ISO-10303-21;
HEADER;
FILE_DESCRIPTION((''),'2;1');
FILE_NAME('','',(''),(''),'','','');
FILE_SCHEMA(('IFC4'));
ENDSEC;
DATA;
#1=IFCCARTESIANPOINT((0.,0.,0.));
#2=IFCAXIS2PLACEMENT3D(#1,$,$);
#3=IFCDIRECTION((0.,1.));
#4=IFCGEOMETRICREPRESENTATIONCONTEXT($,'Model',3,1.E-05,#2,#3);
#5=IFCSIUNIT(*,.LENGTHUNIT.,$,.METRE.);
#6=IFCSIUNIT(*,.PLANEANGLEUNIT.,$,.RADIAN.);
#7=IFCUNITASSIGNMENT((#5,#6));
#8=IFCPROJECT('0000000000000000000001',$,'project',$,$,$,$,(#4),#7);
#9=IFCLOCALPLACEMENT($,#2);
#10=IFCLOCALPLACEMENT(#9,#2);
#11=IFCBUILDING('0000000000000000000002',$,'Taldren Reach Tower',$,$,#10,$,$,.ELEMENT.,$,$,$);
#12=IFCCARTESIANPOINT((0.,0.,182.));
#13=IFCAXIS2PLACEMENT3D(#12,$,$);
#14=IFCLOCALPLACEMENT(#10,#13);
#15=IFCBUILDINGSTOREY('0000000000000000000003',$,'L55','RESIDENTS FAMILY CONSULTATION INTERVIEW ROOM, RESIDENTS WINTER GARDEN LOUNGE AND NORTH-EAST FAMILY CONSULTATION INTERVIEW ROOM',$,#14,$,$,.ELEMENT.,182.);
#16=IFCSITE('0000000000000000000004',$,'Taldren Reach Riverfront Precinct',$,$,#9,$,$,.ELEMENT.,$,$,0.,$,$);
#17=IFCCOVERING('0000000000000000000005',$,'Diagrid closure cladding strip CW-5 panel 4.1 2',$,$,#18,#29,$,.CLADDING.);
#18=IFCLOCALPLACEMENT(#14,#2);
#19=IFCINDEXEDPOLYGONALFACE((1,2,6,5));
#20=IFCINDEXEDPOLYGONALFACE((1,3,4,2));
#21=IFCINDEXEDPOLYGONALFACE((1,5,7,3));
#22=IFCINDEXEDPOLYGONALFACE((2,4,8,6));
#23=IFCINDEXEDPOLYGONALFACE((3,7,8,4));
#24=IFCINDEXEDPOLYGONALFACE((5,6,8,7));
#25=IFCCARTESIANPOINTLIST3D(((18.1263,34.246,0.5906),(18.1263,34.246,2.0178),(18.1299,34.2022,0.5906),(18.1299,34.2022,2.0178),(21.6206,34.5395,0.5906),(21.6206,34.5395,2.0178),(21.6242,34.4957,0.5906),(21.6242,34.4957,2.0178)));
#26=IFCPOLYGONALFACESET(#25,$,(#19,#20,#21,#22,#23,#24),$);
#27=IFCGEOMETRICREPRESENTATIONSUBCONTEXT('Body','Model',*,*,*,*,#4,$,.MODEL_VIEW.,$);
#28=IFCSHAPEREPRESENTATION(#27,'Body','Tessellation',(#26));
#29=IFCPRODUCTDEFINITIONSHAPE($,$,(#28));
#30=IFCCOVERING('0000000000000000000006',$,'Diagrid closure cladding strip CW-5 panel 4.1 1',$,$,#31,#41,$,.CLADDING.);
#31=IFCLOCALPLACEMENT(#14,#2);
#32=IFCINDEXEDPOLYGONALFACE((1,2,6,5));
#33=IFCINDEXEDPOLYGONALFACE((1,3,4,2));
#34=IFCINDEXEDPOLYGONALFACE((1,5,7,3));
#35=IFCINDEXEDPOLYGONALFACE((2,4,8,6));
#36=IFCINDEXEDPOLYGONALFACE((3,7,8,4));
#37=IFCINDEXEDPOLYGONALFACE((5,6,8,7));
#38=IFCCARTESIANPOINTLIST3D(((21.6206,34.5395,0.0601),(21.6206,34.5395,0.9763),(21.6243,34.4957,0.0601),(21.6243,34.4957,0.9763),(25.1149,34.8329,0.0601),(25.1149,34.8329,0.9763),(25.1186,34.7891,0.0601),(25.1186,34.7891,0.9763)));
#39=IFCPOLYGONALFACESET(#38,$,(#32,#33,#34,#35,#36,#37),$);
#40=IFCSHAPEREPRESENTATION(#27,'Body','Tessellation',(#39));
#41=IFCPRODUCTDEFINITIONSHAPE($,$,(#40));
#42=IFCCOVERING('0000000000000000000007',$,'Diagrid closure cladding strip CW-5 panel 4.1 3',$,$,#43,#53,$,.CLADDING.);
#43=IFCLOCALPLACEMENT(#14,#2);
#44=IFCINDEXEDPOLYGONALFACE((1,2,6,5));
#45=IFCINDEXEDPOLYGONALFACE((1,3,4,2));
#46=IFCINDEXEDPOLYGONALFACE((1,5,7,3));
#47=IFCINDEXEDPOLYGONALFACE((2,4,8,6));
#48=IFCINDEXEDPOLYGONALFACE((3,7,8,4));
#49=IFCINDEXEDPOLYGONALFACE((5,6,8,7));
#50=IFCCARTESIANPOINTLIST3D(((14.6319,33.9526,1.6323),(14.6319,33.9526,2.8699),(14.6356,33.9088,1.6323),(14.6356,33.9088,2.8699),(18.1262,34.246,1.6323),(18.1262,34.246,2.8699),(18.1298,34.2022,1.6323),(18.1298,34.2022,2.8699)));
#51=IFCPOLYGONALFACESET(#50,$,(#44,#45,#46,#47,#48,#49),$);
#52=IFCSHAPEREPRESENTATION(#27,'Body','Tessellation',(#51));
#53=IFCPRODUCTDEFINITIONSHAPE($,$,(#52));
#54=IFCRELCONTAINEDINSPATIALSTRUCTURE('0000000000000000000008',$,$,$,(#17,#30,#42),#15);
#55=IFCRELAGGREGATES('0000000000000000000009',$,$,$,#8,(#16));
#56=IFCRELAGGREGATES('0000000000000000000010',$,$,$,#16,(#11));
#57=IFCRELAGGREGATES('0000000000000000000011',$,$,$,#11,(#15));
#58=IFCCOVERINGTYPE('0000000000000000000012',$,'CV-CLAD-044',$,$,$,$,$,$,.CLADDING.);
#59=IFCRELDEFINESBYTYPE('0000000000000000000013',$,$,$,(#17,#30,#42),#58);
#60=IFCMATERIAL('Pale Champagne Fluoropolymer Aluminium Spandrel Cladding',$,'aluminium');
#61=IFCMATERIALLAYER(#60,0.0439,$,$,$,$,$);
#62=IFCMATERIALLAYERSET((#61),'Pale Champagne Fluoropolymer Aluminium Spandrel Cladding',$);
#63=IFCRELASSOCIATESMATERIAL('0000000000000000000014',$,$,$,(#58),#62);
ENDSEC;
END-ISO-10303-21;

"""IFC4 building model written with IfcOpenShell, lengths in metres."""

from ifc_helpers import new_model, si_unit, direction, frame, origin, origin_2d, place, context, subcontext, project, spatial, rectangle, extrude, source, transform, mapped, material, layer, layer_set, type_object, element, save


model = new_model("IFC4")

# Units and contexts
model_context = context("Model", 3, precision=1e-05, world=origin(), true_north=direction((0.0, 1.0)))
body_context = subcontext(model_context, "Body", "Model", "MODEL_VIEW")
ifc_project = project(units=[si_unit("LENGTHUNIT", "METRE"), si_unit("PLANEANGLEUNIT", "RADIAN")], contexts=[model_context])

# Site, building, storey
site_placement = place(None, origin())
site = spatial("IfcSite", under=ifc_project, at=site_placement, Name="Taldren Reach Riverfront Precinct", CompositionType="ELEMENT", RefElevation=0.0)
building_placement = place(site_placement, origin())
building = spatial("IfcBuilding", under=site, at=building_placement, Name="Taldren Reach Tower", CompositionType="ELEMENT")
storey_placement = place(building_placement, frame((0.0, 0.0, 182.0)))
storey = spatial("IfcBuildingStorey", under=building, at=storey_placement, Name="L55", Description="RESIDENTS FAMILY CONSULTATION INTERVIEW ROOM, RESIDENTS WINTER GARDEN LOUNGE AND NORTH-EAST FAMILY CONSULTATION INTERVIEW ROOM", CompositionType="ELEMENT", Elevation=182.0)

# Coverings
ifc_material_1 = material(Name="Pale Champagne Fluoropolymer Aluminium Spandrel Cladding", Category="aluminium")
ifc_layer_1 = layer(ifc_material_1, 0.0439)
ifc_layer_set_1 = layer_set([ifc_layer_1], Name="Pale Champagne Fluoropolymer Aluminium Spandrel Cladding")
covering_type = type_object("IfcCoveringType", Name="CV-CLAD-044", PredefinedType="CLADDING", material=ifc_layer_set_1)
shared_shape_1 = source(origin(), body_context, "Body", "SweptSolid", [
    extrude(rectangle(XDim=3.5066, YDim=0.0439, at=origin_2d()), origin(), (0.0, 0.0, 1.0), 1.4272),
])
covering_1_placement = place(storey_placement, frame((19.8752, 34.3708, 0.5906), z_axis=(0.0, 0.0, 1.0), x_axis=(-0.996493, -0.083678, 0.0)))
element("IfcCovering", 1, at=covering_1_placement, inside=storey, type_object=covering_type, Name="Diagrid closure cladding strip CW-5 panel 4.1 2", PredefinedType="CLADDING", context=body_context, shape_type="MappedRepresentation", body=[
    mapped(shared_shape_1, transform((0.0, 0.0, 0.0), scale=1.0)),
])
shared_shape_2 = source(origin(), body_context, "Body", "SweptSolid", [
    extrude(rectangle(XDim=3.5066, YDim=0.0439, at=origin_2d()), origin(), (0.0, 0.0, 1.0), 0.9163),
])
covering_2_placement = place(storey_placement, frame((23.3696, 34.6643, 0.0601), z_axis=(0.0, 0.0, 1.0), x_axis=(-0.996493, -0.083678, 0.0)))
element("IfcCovering", 2, at=covering_2_placement, inside=storey, type_object=covering_type, Name="Diagrid closure cladding strip CW-5 panel 4.1 1", PredefinedType="CLADDING", context=body_context, shape_type="MappedRepresentation", body=[
    mapped(shared_shape_2, transform((0.0, 0.0, 0.0), scale=1.0)),
])
shared_shape_3 = source(origin(), body_context, "Body", "SweptSolid", [
    extrude(rectangle(XDim=3.5066, YDim=0.0439, at=origin_2d()), origin(), (0.0, 0.0, 1.0), 1.2375),
])
covering_3_placement = place(storey_placement, frame((16.3809, 34.0774, 1.6323), z_axis=(0.0, 0.0, 1.0), x_axis=(-0.996493, -0.083678, 0.0)))
element("IfcCovering", 3, at=covering_3_placement, inside=storey, type_object=covering_type, Name="Diagrid closure cladding strip CW-5 panel 4.1 3", PredefinedType="CLADDING", context=body_context, shape_type="MappedRepresentation", body=[
    mapped(shared_shape_3, transform((0.0, 0.0, 0.0), scale=1.0)),
])

save(model, "model.ifc")
